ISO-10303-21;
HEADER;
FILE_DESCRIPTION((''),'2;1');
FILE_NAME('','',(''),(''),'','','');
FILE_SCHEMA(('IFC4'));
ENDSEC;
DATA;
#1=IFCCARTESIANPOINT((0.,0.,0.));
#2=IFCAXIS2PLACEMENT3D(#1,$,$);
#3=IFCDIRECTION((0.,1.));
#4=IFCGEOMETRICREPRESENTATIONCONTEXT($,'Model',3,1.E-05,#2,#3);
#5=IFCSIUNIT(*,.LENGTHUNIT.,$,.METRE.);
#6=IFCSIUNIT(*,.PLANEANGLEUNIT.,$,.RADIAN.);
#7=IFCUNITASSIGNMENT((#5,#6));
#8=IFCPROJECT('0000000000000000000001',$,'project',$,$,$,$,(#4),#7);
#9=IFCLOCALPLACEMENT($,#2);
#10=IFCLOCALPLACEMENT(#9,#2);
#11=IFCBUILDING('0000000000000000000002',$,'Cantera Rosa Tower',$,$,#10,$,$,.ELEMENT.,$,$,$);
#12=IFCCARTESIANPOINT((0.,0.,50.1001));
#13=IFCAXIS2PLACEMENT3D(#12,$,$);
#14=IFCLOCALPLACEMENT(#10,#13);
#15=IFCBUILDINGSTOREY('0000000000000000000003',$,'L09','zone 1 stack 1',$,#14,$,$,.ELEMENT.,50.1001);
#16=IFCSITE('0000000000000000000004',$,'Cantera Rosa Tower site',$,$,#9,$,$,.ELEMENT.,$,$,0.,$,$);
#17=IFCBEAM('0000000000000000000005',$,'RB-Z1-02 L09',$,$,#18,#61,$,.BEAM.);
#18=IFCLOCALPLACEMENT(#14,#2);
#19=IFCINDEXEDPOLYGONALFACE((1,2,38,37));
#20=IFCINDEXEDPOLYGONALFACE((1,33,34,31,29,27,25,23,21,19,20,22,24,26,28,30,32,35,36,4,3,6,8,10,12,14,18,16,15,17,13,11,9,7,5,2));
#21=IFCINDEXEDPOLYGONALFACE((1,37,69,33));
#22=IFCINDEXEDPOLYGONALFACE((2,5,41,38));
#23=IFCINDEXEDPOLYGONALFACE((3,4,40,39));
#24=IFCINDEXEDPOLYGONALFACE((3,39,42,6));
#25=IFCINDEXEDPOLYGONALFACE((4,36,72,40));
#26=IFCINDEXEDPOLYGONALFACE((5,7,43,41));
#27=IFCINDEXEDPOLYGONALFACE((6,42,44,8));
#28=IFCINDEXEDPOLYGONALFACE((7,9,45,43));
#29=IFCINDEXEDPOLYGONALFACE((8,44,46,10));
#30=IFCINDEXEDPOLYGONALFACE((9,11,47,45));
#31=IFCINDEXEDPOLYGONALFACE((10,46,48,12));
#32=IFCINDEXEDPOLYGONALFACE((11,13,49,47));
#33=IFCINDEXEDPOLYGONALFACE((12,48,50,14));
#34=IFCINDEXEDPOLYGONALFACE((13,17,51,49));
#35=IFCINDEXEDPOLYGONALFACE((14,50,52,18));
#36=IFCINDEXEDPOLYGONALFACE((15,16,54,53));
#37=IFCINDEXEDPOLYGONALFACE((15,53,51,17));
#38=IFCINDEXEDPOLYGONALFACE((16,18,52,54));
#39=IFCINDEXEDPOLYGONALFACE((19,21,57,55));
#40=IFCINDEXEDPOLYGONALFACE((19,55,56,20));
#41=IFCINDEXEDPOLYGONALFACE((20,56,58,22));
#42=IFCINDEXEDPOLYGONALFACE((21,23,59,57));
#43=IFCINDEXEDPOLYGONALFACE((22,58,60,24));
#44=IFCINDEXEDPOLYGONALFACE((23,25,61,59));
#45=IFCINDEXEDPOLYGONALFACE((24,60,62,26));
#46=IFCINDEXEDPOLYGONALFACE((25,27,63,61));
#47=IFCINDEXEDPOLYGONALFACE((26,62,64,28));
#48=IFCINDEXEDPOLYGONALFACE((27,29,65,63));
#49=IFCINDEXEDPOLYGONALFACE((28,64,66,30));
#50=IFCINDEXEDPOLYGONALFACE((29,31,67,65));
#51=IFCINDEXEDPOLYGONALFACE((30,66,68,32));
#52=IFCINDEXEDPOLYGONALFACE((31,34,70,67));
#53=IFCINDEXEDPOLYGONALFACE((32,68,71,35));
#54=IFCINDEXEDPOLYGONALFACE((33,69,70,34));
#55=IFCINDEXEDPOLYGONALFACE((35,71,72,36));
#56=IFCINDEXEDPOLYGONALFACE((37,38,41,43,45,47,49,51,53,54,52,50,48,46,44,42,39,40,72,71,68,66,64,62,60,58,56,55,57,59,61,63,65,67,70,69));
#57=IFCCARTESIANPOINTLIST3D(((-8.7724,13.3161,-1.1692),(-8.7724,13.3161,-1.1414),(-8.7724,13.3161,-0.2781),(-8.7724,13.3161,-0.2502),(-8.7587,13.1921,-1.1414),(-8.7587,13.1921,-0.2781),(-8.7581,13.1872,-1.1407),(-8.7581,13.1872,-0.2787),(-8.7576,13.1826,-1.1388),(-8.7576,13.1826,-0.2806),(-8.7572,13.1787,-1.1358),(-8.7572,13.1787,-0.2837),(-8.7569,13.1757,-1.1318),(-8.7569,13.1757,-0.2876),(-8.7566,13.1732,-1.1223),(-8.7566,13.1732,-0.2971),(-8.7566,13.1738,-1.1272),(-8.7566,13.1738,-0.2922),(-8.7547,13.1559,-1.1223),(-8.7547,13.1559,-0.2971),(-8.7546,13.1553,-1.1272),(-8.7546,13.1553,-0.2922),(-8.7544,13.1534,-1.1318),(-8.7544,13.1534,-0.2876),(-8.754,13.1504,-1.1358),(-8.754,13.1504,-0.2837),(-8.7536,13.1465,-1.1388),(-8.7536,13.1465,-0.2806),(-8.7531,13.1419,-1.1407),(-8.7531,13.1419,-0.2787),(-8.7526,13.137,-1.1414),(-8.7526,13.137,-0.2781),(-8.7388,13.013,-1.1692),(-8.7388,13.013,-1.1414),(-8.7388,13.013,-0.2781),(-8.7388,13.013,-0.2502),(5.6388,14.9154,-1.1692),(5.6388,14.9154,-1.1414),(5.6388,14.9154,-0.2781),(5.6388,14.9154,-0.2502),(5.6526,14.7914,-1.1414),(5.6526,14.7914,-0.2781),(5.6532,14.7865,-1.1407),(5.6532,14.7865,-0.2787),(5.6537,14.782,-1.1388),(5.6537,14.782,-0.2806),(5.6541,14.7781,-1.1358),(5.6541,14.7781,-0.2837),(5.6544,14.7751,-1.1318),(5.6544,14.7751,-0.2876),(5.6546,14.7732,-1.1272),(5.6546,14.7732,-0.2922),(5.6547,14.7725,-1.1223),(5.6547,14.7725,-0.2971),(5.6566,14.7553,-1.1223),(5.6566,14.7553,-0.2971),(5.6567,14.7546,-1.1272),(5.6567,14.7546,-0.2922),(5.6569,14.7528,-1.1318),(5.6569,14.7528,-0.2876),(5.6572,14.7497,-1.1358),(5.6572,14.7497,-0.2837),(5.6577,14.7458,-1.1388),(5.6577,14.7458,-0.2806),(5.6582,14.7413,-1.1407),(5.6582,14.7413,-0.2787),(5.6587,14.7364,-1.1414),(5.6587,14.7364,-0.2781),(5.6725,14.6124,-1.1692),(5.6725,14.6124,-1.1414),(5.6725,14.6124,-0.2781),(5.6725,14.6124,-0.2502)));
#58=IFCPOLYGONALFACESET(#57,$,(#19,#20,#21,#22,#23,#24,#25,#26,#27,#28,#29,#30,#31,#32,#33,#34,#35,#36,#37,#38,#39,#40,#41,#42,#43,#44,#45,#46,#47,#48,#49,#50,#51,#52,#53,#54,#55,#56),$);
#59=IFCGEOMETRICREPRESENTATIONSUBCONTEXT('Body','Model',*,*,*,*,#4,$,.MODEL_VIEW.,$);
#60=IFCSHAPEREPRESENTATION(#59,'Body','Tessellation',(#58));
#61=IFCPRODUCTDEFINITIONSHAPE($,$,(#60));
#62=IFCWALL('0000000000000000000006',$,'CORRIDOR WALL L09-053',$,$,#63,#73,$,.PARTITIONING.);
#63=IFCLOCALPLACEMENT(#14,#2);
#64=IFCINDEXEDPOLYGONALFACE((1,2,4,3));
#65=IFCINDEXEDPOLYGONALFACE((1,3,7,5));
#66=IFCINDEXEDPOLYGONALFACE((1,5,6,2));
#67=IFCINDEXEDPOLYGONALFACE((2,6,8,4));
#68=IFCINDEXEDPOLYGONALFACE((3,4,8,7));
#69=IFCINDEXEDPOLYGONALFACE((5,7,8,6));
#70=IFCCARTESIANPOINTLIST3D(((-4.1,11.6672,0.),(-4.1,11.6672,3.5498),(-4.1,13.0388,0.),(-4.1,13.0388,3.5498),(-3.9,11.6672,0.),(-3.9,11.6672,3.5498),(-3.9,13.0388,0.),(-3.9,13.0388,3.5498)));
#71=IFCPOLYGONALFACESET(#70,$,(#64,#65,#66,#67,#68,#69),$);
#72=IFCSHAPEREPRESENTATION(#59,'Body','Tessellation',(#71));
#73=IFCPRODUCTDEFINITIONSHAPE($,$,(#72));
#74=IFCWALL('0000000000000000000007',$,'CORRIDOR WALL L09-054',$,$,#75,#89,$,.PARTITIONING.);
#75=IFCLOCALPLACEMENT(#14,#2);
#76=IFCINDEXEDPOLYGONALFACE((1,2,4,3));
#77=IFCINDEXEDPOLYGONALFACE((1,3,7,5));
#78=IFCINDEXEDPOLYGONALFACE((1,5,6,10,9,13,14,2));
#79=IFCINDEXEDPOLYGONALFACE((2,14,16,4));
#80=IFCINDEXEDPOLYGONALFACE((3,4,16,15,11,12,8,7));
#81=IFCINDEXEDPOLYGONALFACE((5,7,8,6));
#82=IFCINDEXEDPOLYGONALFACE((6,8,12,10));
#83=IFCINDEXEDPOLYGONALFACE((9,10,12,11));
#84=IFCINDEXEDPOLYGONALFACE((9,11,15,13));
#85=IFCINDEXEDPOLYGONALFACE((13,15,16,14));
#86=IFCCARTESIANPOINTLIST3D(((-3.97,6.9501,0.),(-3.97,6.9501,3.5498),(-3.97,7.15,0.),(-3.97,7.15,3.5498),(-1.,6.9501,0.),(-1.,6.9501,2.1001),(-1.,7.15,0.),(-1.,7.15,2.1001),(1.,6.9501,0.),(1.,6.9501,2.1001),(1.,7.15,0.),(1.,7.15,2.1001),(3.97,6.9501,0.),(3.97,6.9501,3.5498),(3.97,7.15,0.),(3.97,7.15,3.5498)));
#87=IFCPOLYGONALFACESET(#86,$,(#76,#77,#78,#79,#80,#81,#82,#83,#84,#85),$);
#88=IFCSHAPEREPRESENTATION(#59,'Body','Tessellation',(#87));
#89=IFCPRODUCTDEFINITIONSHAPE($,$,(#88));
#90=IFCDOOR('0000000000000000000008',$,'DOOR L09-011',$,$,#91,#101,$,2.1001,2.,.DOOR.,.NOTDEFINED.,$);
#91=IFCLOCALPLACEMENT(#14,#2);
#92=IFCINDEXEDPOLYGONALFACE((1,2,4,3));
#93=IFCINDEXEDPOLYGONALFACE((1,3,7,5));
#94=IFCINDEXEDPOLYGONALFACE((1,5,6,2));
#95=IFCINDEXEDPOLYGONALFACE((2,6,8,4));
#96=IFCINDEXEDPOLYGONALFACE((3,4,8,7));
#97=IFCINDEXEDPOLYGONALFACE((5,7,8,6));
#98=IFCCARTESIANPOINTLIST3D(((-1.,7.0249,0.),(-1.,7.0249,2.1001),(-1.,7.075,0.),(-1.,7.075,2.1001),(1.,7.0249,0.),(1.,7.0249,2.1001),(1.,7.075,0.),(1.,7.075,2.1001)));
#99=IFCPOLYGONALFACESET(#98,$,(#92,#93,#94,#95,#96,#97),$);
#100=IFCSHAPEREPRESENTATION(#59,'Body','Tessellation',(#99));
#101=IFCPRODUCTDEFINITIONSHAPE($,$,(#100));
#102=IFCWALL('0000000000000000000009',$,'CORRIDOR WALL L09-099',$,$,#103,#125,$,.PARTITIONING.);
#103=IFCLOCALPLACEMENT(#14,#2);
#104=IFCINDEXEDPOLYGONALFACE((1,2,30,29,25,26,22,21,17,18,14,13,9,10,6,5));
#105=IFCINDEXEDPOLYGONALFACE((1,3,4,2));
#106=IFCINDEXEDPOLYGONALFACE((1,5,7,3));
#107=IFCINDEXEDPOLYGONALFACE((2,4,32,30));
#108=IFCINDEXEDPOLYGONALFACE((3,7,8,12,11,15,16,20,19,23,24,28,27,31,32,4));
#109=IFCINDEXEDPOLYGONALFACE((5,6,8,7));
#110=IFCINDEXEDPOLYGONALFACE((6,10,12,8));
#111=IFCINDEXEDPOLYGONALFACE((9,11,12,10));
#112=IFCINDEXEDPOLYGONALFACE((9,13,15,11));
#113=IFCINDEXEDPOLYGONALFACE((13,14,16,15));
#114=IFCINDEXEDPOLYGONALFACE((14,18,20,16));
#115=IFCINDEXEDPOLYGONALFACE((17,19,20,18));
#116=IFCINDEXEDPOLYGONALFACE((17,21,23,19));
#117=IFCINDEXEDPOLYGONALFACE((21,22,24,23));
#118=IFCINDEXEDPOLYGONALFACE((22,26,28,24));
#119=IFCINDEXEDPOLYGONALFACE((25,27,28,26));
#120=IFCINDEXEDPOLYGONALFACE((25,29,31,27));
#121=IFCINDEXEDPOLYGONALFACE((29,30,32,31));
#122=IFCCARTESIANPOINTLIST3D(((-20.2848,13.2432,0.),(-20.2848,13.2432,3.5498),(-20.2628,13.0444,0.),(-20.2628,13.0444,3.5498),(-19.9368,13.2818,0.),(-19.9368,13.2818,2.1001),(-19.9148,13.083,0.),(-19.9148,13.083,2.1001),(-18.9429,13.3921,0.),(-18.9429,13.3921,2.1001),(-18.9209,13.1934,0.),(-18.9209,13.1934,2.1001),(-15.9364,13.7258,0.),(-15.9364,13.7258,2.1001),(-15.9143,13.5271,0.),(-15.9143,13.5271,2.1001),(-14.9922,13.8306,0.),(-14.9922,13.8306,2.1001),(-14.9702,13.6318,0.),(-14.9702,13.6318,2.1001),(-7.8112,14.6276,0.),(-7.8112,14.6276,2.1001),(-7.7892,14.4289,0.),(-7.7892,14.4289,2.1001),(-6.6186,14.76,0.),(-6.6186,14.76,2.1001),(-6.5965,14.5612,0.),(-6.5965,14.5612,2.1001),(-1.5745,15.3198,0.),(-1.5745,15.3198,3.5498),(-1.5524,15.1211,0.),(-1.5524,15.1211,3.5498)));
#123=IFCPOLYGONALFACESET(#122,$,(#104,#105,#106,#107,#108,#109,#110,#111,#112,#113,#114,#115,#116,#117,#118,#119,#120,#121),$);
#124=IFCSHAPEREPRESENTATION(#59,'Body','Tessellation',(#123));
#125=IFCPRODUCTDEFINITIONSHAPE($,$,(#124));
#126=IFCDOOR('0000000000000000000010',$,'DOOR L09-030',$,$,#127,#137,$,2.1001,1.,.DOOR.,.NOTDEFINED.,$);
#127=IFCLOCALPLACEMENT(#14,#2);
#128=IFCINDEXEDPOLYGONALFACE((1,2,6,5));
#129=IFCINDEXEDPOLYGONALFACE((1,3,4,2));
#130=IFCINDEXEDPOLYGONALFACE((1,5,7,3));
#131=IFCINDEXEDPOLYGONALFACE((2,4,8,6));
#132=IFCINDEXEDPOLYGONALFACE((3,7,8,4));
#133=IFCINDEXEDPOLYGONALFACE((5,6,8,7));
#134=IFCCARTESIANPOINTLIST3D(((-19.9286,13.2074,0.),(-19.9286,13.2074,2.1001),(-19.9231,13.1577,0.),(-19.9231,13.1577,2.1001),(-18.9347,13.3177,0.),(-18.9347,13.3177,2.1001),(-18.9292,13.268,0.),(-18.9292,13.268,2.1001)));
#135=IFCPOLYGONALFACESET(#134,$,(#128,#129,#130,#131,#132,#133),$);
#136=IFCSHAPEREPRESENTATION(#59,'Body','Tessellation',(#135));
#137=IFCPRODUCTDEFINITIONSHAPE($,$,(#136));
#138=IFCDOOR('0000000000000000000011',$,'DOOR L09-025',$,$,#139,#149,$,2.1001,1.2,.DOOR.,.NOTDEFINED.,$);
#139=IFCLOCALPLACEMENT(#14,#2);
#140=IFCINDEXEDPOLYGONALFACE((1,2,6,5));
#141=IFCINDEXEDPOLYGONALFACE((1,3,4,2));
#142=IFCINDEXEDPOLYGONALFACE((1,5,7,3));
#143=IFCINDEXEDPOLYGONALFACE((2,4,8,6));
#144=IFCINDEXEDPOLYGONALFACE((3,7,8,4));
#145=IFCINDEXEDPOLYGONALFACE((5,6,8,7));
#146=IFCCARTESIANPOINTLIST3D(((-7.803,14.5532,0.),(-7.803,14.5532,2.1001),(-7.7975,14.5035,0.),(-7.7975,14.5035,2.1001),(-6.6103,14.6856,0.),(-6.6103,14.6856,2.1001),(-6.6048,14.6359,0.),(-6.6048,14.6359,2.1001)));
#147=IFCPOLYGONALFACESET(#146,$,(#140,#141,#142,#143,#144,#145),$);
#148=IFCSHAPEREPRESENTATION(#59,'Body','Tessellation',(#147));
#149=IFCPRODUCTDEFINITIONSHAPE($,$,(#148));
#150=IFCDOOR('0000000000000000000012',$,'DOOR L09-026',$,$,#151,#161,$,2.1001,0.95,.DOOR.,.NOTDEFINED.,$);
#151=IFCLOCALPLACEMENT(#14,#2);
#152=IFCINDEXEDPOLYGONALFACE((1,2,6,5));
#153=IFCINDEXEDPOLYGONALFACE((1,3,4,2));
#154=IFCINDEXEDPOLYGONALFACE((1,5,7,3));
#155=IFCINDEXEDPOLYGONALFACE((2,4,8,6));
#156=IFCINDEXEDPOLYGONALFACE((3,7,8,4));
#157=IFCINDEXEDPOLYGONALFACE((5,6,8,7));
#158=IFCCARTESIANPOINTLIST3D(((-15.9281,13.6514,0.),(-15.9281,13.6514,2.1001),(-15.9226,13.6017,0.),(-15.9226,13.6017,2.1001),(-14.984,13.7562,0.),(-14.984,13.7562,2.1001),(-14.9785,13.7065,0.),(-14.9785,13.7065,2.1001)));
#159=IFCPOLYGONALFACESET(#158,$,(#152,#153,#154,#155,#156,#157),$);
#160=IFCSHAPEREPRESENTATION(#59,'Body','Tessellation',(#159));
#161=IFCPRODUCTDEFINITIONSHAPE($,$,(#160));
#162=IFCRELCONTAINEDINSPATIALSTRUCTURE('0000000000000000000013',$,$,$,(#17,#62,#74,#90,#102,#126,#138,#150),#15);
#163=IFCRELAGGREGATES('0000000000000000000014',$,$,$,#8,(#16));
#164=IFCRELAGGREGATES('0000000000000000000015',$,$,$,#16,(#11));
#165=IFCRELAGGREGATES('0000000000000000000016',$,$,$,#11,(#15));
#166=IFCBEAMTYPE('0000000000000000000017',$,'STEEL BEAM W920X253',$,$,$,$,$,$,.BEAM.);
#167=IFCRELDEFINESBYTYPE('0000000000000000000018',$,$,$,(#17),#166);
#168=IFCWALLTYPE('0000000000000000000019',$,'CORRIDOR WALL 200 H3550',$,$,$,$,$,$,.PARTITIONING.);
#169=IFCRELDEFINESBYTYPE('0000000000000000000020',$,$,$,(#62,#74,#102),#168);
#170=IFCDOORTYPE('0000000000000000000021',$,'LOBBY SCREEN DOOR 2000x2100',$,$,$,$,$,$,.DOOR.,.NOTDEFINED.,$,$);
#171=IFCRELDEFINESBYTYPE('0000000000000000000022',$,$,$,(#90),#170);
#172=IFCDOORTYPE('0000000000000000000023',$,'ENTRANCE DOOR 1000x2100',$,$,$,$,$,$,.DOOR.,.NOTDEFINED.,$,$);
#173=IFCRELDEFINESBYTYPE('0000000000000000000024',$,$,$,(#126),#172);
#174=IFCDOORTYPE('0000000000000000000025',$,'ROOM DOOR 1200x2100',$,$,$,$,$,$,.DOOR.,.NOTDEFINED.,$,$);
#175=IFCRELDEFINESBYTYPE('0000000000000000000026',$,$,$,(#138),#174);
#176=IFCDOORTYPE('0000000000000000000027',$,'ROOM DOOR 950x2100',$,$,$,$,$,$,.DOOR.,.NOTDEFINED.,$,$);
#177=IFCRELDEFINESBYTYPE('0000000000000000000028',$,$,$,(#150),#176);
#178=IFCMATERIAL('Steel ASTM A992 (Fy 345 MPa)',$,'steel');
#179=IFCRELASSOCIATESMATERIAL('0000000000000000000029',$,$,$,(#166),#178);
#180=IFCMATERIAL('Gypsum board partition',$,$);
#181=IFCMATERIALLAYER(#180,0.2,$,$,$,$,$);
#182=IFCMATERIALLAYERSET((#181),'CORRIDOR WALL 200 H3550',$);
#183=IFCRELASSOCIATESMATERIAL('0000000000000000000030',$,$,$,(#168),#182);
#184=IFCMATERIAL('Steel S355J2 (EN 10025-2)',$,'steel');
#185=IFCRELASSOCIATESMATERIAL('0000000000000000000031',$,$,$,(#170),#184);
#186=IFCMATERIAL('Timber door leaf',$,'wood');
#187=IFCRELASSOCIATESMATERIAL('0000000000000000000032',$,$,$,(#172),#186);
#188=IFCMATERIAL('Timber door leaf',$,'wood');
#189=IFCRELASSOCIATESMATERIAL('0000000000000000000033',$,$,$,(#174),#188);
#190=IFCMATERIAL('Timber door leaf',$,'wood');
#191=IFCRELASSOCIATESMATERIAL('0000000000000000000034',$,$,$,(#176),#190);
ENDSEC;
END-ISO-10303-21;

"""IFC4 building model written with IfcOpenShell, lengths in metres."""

from ifc_helpers import new_model, si_unit, direction, frame, frame_2d, origin, origin_2d, place, context, subcontext, project, spatial, rectangle, i_section, extrude, material, layer, layer_set, material_profile, profile_set, type_object, element, fill, save


model = new_model("IFC4")

# Units and contexts
model_context = context("Model", 3, precision=1e-05, world=origin(), true_north=direction((0.0, 1.0)))
body_context = subcontext(model_context, "Body", "Model", "MODEL_VIEW")
ifc_project = project(units=[si_unit("LENGTHUNIT", "METRE"), si_unit("PLANEANGLEUNIT", "RADIAN")], contexts=[model_context])

# Site, building, storey
site_placement = place(None, origin())
site = spatial("IfcSite", under=ifc_project, at=site_placement, Name="Cantera Rosa Tower site", CompositionType="ELEMENT", RefElevation=0.0)
building_placement = place(site_placement, origin())
building = spatial("IfcBuilding", under=site, at=building_placement, Name="Cantera Rosa Tower", CompositionType="ELEMENT")
storey_placement = place(building_placement, frame((0.0, 0.0, 50.1001)))
storey = spatial("IfcBuildingStorey", under=building, at=storey_placement, Name="L09", Description="zone 1 stack 1", CompositionType="ELEMENT", Elevation=50.1001)

# Beam
ifc_material_1 = material(Name="Steel ASTM A992 (Fy 345 MPa)", Category="steel")
ifc_material_profile = material_profile(ifc_material_1, i_section(OverallWidth=0.3049, OverallDepth=0.9189, WebThickness=0.0173, FlangeThickness=0.0278, FilletRadius=0.019, at=origin_2d()), Name="W920X253")
ifc_profile_set = profile_set([ifc_material_profile], Name="Steel ASTM A992 (Fy 345 MPa)")
beam_type = type_object("IfcBeamType", Name="STEEL BEAM W920X253", PredefinedType="BEAM", material=ifc_profile_set)
beam_placement = place(storey_placement, frame((-8.7556, 13.1646, -0.7097), z_axis=(0.993898, 0.110302, 0.0), x_axis=(-0.110302, 0.993898, 0.0)))
element("IfcBeam", 1, at=beam_placement, inside=storey, type_object=beam_type, Name="RB-Z1-02 L09", PredefinedType="BEAM", context=body_context, shape_type="SweptSolid", body=[
    extrude(i_section(OverallWidth=0.3049, OverallDepth=0.9189, WebThickness=0.0173, FlangeThickness=0.0278, FilletRadius=0.019, at=origin_2d()), origin(), (0.0, 0.0, 1.0), 14.4998),
])

# Wall
ifc_material_2 = material(Name="Gypsum board partition")
ifc_layer_1 = layer(ifc_material_2, 0.2)
ifc_layer_set_1 = layer_set([ifc_layer_1], Name="CORRIDOR WALL 200 H3550")
wall_type_1 = type_object("IfcWallType", Name="CORRIDOR WALL 200 H3550", PredefinedType="PARTITIONING", material=ifc_layer_set_1)
wall_1_placement = place(storey_placement, frame((-4.0, 13.0388, 0.0), z_axis=(0.0, 0.0, 1.0), x_axis=(0.0, -1.0, 0.0)))
element("IfcWall", 2, at=wall_1_placement, inside=storey, type_object=wall_type_1, Name="CORRIDOR WALL L09-053", PredefinedType="PARTITIONING", context=body_context, shape_type="SweptSolid", body=[
    extrude(rectangle(XDim=1.3716, YDim=0.2, at=frame_2d((0.6858, 0.0))), origin(), (0.0, 0.0, 1.0), 3.5498),
])

# Wall, opening, door
wall_2_placement = place(storey_placement, frame((-3.97, 7.05, 0.0), z_axis=(0.0, 0.0, 1.0), x_axis=(1.0, 0.0, 0.0)))
wall_2 = element("IfcWall", 3, at=wall_2_placement, inside=storey, type_object=wall_type_1, Name="CORRIDOR WALL L09-054", PredefinedType="PARTITIONING", context=body_context, shape_type="SweptSolid", body=[
    extrude(rectangle(XDim=7.9399, YDim=0.2, at=frame_2d((3.97, 0.0))), origin(), (0.0, 0.0, 1.0), 3.5498),
])
opening_1_placement = place(wall_2_placement, frame((2.97, 0.0, 0.0)))
opening_1 = element("IfcOpeningElement", 4, at=opening_1_placement, cuts=wall_2, PredefinedType="OPENING", context=body_context, shape_type="SweptSolid", body=[
    extrude(rectangle(XDim=2.0, YDim=2.1001, at=frame_2d((1.0, 1.05))), frame((0.0, 0.1099, 0.0), z_axis=(0.0, -1.0, 0.0), x_axis=(1.0, 0.0, 0.0)), (0.0, 0.0, 1.0), 0.22),
])
ifc_material_3 = material(Name="Steel S355J2 (EN 10025-2)", Category="steel")
door_type_1 = type_object("IfcDoorType", Name="LOBBY SCREEN DOOR 2000x2100", OperationType="NOTDEFINED", PredefinedType="DOOR", material=ifc_material_3)
door_1_placement = place(opening_1_placement, origin())
door_1 = element("IfcDoor", 5, at=door_1_placement, inside=storey, type_object=door_type_1, Name="DOOR L09-011", OperationType="NOTDEFINED", OverallHeight=2.1001, OverallWidth=2.0, PredefinedType="DOOR", context=body_context, shape_type="SweptSolid", body=[
    extrude(rectangle(XDim=2.0, YDim=2.1001, at=frame_2d((1.0, 1.05))), frame((0.0, 0.0249, 0.0), z_axis=(0.0, -1.0, 0.0), x_axis=(1.0, 0.0, 0.0)), (0.0, 0.0, 1.0), 0.05),
])
fill(opening_1, door_1)

# Wall, openings, doors
wall_3_placement = place(storey_placement, frame((-1.5635, 15.2205, 0.0), z_axis=(0.0, 0.0, 1.0), x_axis=(-0.993897, -0.110313, 0.0)))
wall_3 = element("IfcWall", 6, at=wall_3_placement, inside=storey, type_object=wall_type_1, Name="CORRIDOR WALL L09-099", PredefinedType="PARTITIONING", context=body_context, shape_type="SweptSolid", body=[
    extrude(rectangle(XDim=18.8252, YDim=0.2, at=frame_2d((9.4126, 0.0))), origin(), (0.0, 0.0, 1.0), 3.5498),
])
opening_2_placement = place(wall_3_placement, frame((5.075, 0.0, 0.0)))
opening_2 = element("IfcOpeningElement", 7, at=opening_2_placement, cuts=wall_3, PredefinedType="OPENING", context=body_context, shape_type="SweptSolid", body=[
    extrude(rectangle(XDim=1.2, YDim=2.1001, at=frame_2d((0.6001, 1.05))), frame((0.0, 0.1099, 0.0), z_axis=(0.0, -1.0, 0.0), x_axis=(1.0, 0.0, 0.0)), (0.0, 0.0, 1.0), 0.22),
])
opening_3_placement = place(wall_3_placement, frame((13.5, 0.0, 0.0)))
opening_3 = element("IfcOpeningElement", 8, at=opening_3_placement, cuts=wall_3, PredefinedType="OPENING", context=body_context, shape_type="SweptSolid", body=[
    extrude(rectangle(XDim=0.95, YDim=2.1001, at=frame_2d((0.4751, 1.05))), frame((0.0, 0.1099, 0.0), z_axis=(0.0, -1.0, 0.0), x_axis=(1.0, 0.0, 0.0)), (0.0, 0.0, 1.0), 0.22),
])
opening_4_placement = place(wall_3_placement, frame((17.4751, 0.0, 0.0)))
opening_4 = element("IfcOpeningElement", 9, at=opening_4_placement, cuts=wall_3, PredefinedType="OPENING", context=body_context, shape_type="SweptSolid", body=[
    extrude(rectangle(XDim=1.0, YDim=2.1001, at=frame_2d((0.5, 1.05))), frame((0.0, 0.1099, 0.0), z_axis=(0.0, -1.0, 0.0), x_axis=(1.0, 0.0, 0.0)), (0.0, 0.0, 1.0), 0.22),
])
ifc_material_4 = material(Name="Timber door leaf", Category="wood")
door_type_2 = type_object("IfcDoorType", Name="ENTRANCE DOOR 1000x2100", OperationType="NOTDEFINED", PredefinedType="DOOR", material=ifc_material_4)
door_2_placement = place(opening_4_placement, origin())
door_2 = element("IfcDoor", 10, at=door_2_placement, inside=storey, type_object=door_type_2, Name="DOOR L09-030", OperationType="NOTDEFINED", OverallHeight=2.1001, OverallWidth=1.0, PredefinedType="DOOR", context=body_context, shape_type="SweptSolid", body=[
    extrude(rectangle(XDim=1.0, YDim=2.1001, at=frame_2d((0.5, 1.05))), frame((0.0, 0.0249, 0.0), z_axis=(0.0, -1.0, 0.0), x_axis=(1.0, 0.0, 0.0)), (0.0, 0.0, 1.0), 0.05),
])
fill(opening_4, door_2)
ifc_material_5 = material(Name="Timber door leaf", Category="wood")
door_type_3 = type_object("IfcDoorType", Name="ROOM DOOR 1200x2100", OperationType="NOTDEFINED", PredefinedType="DOOR", material=ifc_material_5)
door_3_placement = place(opening_2_placement, origin())
door_3 = element("IfcDoor", 11, at=door_3_placement, inside=storey, type_object=door_type_3, Name="DOOR L09-025", OperationType="NOTDEFINED", OverallHeight=2.1001, OverallWidth=1.2, PredefinedType="DOOR", context=body_context, shape_type="SweptSolid", body=[
    extrude(rectangle(XDim=1.2, YDim=2.1001, at=frame_2d((0.6001, 1.05))), frame((0.0, 0.0249, 0.0), z_axis=(0.0, -1.0, 0.0), x_axis=(1.0, 0.0, 0.0)), (0.0, 0.0, 1.0), 0.05),
])
fill(opening_2, door_3)
ifc_material_6 = material(Name="Timber door leaf", Category="wood")
door_type_4 = type_object("IfcDoorType", Name="ROOM DOOR 950x2100", OperationType="NOTDEFINED", PredefinedType="DOOR", material=ifc_material_6)
door_4_placement = place(opening_3_placement, origin())
door_4 = element("IfcDoor", 12, at=door_4_placement, inside=storey, type_object=door_type_4, Name="DOOR L09-026", OperationType="NOTDEFINED", OverallHeight=2.1001, OverallWidth=0.95, PredefinedType="DOOR", context=body_context, shape_type="SweptSolid", body=[
    extrude(rectangle(XDim=0.95, YDim=2.1001, at=frame_2d((0.4751, 1.05))), frame((0.0, 0.0249, 0.0), z_axis=(0.0, -1.0, 0.0), x_axis=(1.0, 0.0, 0.0)), (0.0, 0.0, 1.0), 0.05),
])
fill(opening_3, door_4)

save(model, "model.ifc")
